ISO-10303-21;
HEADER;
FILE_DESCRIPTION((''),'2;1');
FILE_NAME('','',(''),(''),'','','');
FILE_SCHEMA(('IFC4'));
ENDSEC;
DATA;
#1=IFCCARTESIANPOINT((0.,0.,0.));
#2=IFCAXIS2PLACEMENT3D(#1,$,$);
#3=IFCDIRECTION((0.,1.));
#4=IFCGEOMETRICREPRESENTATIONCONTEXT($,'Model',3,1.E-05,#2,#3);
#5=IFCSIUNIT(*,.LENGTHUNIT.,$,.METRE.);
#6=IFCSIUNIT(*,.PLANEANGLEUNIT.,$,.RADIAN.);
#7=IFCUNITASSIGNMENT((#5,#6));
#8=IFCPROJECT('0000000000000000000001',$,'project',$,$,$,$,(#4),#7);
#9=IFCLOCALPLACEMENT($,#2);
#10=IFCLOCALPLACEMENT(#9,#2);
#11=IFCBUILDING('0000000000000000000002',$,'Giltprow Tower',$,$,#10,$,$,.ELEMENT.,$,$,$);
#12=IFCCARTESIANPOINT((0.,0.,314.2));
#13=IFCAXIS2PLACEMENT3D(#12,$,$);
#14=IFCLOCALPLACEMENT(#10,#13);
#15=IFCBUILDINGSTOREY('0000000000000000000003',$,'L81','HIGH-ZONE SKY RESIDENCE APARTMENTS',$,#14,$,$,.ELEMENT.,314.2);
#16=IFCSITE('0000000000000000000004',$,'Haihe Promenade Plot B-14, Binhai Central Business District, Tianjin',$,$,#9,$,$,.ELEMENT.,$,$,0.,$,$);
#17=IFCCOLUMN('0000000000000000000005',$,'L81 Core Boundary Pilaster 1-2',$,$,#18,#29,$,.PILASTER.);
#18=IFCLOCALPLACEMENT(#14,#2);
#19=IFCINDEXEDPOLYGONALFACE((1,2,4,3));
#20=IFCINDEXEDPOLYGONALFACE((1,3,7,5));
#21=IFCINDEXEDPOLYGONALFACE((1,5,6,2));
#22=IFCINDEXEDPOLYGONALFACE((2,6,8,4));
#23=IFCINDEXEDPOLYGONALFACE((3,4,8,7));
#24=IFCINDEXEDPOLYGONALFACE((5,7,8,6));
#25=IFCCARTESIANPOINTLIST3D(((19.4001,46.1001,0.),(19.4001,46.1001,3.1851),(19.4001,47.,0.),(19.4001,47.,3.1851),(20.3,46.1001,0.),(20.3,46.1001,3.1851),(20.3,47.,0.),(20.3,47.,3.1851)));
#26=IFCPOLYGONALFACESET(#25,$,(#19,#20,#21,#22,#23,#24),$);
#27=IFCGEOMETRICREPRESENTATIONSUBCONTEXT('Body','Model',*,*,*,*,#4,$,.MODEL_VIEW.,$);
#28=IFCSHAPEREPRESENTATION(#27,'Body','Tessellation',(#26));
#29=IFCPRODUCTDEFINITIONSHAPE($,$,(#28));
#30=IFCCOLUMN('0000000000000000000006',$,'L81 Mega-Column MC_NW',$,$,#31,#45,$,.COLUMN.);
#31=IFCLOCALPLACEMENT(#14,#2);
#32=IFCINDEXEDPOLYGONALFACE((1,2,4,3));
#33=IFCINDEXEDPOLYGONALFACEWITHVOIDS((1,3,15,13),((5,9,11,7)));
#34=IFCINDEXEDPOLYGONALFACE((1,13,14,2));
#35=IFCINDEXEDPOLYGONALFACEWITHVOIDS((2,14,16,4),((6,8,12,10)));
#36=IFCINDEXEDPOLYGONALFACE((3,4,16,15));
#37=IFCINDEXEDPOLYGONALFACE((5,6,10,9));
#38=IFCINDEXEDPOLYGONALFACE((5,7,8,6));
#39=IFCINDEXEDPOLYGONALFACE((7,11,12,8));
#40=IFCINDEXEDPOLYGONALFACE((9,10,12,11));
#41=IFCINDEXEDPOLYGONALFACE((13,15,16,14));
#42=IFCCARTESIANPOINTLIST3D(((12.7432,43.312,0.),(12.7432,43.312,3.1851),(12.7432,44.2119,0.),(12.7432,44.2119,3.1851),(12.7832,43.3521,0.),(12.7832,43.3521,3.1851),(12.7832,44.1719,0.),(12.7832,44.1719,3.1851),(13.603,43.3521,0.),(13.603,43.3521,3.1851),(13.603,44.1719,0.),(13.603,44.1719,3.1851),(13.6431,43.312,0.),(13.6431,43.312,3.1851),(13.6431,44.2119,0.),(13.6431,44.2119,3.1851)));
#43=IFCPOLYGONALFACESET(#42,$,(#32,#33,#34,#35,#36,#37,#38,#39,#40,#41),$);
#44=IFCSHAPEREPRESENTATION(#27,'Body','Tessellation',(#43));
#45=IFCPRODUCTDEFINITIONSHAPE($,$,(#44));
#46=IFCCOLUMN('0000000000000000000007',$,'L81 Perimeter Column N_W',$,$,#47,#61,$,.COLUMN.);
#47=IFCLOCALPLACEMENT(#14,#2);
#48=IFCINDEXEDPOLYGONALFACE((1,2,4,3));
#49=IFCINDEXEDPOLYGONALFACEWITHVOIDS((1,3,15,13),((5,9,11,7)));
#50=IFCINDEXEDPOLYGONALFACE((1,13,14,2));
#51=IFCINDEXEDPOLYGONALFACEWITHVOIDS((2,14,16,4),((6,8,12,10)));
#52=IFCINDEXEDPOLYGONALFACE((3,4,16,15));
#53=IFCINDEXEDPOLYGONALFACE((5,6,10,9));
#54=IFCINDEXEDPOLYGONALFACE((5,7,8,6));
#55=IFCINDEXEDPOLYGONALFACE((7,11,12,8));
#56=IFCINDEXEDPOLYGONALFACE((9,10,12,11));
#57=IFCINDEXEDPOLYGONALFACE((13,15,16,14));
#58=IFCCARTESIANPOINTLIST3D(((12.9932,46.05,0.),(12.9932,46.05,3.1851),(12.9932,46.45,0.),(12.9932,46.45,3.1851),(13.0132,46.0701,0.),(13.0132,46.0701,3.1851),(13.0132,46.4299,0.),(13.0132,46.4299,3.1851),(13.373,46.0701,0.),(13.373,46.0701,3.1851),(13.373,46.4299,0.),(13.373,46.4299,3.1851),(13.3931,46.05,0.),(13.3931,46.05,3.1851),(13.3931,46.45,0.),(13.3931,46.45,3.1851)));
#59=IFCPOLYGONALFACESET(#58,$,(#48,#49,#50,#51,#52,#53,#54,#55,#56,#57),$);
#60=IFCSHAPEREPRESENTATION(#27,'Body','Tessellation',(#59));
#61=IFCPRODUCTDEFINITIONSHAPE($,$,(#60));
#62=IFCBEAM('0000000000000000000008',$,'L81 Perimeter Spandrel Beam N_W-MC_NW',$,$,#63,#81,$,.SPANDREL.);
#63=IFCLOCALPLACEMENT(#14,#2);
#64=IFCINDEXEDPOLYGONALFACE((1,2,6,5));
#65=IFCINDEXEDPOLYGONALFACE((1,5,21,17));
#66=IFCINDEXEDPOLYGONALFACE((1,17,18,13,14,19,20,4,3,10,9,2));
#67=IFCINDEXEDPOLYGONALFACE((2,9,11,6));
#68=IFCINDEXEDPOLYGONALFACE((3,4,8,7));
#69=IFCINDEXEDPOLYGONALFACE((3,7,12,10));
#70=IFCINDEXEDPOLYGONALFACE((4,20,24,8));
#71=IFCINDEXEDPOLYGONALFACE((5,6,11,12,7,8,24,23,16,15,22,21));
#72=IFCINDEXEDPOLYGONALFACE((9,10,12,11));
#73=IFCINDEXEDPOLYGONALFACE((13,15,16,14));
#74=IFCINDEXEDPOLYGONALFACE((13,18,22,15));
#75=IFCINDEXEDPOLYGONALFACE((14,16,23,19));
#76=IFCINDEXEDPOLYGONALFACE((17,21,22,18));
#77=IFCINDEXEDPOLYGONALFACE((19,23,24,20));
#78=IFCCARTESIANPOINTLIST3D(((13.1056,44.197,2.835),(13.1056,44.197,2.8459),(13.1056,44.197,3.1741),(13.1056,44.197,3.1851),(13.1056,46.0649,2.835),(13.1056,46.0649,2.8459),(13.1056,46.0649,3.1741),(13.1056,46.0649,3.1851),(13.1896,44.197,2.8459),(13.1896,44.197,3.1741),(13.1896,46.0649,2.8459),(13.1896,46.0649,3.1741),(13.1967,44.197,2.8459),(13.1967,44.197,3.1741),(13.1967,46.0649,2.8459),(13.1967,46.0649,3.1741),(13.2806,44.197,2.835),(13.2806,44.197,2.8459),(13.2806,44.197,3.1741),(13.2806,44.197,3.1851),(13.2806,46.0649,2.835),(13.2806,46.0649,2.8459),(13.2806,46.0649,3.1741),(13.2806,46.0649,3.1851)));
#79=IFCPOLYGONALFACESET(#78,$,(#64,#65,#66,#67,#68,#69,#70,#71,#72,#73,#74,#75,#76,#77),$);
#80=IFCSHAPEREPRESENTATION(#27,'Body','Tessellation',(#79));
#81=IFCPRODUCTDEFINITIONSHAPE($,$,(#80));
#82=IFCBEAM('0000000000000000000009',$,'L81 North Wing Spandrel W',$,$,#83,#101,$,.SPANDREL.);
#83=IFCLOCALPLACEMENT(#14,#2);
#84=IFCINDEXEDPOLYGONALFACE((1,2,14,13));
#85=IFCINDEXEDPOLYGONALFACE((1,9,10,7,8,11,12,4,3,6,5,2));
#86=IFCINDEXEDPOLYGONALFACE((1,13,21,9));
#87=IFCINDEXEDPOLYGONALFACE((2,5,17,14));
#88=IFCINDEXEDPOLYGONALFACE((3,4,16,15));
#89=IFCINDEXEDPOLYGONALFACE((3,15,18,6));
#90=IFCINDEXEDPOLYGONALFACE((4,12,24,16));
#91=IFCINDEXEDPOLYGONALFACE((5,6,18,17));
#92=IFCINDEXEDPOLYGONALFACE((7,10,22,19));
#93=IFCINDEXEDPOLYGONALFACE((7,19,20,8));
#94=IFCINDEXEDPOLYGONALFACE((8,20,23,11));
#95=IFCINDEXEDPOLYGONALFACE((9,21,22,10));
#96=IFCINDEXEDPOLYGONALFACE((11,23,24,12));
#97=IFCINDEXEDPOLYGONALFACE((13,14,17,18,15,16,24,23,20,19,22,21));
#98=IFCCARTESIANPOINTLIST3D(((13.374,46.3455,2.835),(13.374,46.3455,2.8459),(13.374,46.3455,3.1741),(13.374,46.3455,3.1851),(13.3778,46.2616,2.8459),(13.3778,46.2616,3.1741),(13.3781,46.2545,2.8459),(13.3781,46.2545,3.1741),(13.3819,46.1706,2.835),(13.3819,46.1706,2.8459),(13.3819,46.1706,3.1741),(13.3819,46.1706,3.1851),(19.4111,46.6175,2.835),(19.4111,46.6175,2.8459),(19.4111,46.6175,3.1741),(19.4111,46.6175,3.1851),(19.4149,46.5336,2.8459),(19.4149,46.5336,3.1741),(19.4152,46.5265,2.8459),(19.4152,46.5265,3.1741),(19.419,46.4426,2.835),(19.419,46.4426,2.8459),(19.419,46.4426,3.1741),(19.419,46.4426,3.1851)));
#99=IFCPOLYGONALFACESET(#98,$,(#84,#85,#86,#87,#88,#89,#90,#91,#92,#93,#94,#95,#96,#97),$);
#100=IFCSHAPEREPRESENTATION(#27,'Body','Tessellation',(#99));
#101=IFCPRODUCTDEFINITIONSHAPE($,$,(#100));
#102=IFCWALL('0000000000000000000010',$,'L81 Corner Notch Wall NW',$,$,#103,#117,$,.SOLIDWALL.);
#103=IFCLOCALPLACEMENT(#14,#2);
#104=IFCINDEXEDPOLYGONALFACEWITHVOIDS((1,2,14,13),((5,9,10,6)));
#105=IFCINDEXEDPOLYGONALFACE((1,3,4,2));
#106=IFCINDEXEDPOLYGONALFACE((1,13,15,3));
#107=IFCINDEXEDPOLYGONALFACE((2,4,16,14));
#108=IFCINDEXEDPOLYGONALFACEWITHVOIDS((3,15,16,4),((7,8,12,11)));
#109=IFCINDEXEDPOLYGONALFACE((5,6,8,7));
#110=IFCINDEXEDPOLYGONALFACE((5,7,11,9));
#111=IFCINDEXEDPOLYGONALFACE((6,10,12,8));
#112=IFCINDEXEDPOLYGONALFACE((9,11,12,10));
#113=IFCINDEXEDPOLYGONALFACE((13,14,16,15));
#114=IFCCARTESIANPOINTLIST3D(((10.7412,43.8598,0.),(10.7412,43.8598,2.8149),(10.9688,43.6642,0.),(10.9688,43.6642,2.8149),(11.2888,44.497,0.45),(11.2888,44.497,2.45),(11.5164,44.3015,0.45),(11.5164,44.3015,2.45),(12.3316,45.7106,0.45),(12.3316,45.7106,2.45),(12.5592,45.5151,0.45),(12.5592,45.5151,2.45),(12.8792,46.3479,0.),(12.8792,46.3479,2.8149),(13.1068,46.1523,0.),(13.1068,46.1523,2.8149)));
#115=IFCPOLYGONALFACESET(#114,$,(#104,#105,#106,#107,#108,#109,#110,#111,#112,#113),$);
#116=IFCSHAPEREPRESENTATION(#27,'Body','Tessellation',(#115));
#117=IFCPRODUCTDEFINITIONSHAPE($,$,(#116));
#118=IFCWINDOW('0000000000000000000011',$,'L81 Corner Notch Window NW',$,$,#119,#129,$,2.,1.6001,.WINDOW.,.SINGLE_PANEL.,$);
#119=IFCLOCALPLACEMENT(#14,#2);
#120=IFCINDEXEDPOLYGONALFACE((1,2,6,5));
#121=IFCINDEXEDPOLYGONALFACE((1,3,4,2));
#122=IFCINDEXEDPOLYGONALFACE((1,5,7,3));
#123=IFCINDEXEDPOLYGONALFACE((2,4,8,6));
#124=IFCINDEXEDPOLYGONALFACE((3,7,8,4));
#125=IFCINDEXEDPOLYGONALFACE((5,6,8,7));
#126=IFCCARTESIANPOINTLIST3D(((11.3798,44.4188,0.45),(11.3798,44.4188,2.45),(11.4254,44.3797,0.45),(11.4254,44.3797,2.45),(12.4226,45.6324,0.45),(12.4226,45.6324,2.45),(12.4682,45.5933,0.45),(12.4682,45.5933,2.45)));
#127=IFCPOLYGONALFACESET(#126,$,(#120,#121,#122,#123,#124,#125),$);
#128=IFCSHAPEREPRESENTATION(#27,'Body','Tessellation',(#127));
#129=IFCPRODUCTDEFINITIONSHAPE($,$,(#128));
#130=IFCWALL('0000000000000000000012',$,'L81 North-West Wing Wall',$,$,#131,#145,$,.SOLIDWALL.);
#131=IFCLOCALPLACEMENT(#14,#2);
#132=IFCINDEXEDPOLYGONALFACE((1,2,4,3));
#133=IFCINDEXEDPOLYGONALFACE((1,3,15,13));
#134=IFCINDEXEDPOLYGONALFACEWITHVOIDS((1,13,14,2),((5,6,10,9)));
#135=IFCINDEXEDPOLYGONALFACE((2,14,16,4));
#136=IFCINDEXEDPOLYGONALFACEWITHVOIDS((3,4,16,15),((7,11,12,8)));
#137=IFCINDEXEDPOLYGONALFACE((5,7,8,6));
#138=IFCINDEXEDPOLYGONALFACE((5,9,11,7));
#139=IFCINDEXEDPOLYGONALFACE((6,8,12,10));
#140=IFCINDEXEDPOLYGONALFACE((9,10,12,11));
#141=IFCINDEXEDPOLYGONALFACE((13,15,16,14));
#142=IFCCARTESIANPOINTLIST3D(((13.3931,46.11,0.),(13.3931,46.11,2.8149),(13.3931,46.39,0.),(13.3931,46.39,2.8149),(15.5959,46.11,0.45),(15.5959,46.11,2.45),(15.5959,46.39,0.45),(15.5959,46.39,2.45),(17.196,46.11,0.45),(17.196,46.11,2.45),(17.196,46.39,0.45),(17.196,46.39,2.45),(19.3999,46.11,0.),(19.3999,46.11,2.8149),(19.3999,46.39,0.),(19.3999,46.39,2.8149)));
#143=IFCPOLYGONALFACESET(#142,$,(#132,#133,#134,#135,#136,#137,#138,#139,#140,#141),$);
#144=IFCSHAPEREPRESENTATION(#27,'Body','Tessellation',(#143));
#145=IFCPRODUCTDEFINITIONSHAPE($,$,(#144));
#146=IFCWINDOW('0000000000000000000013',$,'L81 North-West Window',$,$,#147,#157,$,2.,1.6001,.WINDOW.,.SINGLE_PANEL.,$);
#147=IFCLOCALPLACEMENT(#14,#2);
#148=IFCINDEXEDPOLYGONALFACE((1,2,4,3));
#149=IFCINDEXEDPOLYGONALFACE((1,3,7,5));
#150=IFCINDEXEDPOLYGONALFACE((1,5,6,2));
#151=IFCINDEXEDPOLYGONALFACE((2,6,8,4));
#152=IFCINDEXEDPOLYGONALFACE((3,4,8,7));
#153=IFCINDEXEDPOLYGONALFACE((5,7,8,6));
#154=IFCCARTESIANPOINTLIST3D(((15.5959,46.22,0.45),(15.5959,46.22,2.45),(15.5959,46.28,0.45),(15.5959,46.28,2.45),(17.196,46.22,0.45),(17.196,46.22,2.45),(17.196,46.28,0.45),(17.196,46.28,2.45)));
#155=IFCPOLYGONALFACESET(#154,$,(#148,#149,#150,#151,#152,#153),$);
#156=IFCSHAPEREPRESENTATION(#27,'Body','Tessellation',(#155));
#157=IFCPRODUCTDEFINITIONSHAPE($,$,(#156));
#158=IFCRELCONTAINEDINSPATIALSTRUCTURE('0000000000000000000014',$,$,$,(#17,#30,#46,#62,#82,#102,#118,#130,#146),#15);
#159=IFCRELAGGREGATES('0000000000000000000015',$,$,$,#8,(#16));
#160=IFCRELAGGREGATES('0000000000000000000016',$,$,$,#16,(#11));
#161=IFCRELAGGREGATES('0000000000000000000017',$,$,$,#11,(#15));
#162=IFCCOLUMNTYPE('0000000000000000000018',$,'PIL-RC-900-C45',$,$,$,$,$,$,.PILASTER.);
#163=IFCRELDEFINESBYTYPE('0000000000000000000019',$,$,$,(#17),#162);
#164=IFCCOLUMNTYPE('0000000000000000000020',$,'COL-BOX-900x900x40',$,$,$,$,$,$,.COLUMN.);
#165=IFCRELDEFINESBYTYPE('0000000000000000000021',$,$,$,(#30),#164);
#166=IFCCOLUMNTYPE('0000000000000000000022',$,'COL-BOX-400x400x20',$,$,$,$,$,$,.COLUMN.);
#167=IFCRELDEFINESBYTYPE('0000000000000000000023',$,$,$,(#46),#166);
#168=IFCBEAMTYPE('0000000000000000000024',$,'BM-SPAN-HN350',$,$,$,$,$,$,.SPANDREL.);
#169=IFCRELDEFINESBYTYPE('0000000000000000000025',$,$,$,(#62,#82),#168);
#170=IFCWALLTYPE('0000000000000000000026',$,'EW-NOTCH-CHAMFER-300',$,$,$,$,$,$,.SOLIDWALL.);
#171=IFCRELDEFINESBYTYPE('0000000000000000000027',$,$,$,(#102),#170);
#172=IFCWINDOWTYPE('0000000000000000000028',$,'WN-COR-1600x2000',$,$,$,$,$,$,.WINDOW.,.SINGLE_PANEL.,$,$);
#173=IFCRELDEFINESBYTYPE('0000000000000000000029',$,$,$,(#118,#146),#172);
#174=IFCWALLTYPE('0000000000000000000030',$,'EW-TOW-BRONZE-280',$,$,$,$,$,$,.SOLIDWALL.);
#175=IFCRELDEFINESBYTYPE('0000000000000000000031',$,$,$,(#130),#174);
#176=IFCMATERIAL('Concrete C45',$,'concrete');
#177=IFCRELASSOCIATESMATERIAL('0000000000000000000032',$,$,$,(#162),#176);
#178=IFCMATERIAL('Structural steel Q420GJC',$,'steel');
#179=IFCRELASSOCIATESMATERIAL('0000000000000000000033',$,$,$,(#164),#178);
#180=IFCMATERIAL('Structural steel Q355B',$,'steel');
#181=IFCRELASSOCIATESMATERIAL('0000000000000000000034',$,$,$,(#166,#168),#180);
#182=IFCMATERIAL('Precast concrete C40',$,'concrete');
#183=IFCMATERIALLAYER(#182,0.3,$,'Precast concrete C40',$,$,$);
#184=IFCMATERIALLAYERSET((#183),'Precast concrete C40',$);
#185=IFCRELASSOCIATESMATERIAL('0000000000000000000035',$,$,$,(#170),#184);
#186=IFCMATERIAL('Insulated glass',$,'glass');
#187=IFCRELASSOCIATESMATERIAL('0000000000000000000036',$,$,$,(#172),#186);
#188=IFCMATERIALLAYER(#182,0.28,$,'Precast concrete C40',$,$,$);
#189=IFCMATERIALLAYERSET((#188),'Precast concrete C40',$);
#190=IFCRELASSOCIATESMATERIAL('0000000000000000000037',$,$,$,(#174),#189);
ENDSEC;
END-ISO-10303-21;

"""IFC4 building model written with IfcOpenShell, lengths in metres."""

from ifc_helpers import new_model, si_unit, direction, frame, frame_2d, origin, origin_2d, place, context, subcontext, project, spatial, rectangle, hollow_rectangle, i_section, extrude, source, transform, mapped, material, layer, layer_set, material_profile, profile_set, type_object, element, fill, save


model = new_model("IFC4")

# Units and contexts
model_context = context("Model", 3, precision=1e-05, world=origin(), true_north=direction((0.0, 1.0)))
body_context = subcontext(model_context, "Body", "Model", "MODEL_VIEW")
ifc_project = project(units=[si_unit("LENGTHUNIT", "METRE"), si_unit("PLANEANGLEUNIT", "RADIAN")], contexts=[model_context])

# Site, building, storey
site_placement = place(None, origin())
site = spatial("IfcSite", under=ifc_project, at=site_placement, Name="Haihe Promenade Plot B-14, Binhai Central Business District, Tianjin", CompositionType="ELEMENT", RefElevation=0.0)
building_placement = place(site_placement, origin())
building = spatial("IfcBuilding", under=site, at=building_placement, Name="Giltprow Tower", CompositionType="ELEMENT")
storey_placement = place(building_placement, frame((0.0, 0.0, 314.2)))
storey = spatial("IfcBuildingStorey", under=building, at=storey_placement, Name="L81", Description="HIGH-ZONE SKY RESIDENCE APARTMENTS", CompositionType="ELEMENT", Elevation=314.2)

# Columns
ifc_material_1 = material(Name="Concrete C45", Category="concrete")
ifc_material_profile_1 = material_profile(ifc_material_1, rectangle(XDim=0.8999, YDim=0.8999, at=origin_2d()), Name="RC 900x900")
ifc_profile_set_1 = profile_set([ifc_material_profile_1], Name="Concrete C45")
column_type_1 = type_object("IfcColumnType", Name="PIL-RC-900-C45", PredefinedType="PILASTER", material=ifc_profile_set_1)
shared_shape_1 = source(origin(), body_context, "Body", "SweptSolid", [
    extrude(rectangle(XDim=0.8999, YDim=0.8999, at=origin_2d()), origin(), (0.0, 0.0, 1.0), 3.1851),
])
column_1_placement = place(storey_placement, frame((19.8501, 46.55, 0.0), z_axis=(0.0, 0.0, 1.0), x_axis=(1.0, 0.0, 0.0)))
element("IfcColumn", 1, at=column_1_placement, inside=storey, type_object=column_type_1, Name="L81 Core Boundary Pilaster 1-2", PredefinedType="PILASTER", context=body_context, shape_type="MappedRepresentation", body=[
    mapped(shared_shape_1, transform((0.0, 0.0, 0.0), x_axis=(1.0, 0.0, 0.0), y_axis=(0.0, 1.0, 0.0), z_axis=(0.0, 0.0, 1.0), scale=1.0)),
])
ifc_material_2 = material(Name="Structural steel Q420GJC", Category="steel")
ifc_material_profile_2 = material_profile(ifc_material_2, hollow_rectangle(XDim=0.8999, YDim=0.8999, WallThickness=0.04, at=origin_2d()), Name="BOX 900x900x40")
ifc_profile_set_2 = profile_set([ifc_material_profile_2], Name="Structural steel Q420GJC")
column_type_2 = type_object("IfcColumnType", Name="COL-BOX-900x900x40", PredefinedType="COLUMN", material=ifc_profile_set_2)
shared_shape_2 = source(origin(), body_context, "Body", "SweptSolid", [
    extrude(hollow_rectangle(XDim=0.8999, YDim=0.8999, WallThickness=0.04, at=origin_2d()), origin(), (0.0, 0.0, 1.0), 3.1851),
])
column_2_placement = place(storey_placement, frame((13.1931, 43.762, 0.0), z_axis=(0.0, 0.0, 1.0), x_axis=(1.0, 0.0, 0.0)))
element("IfcColumn", 2, at=column_2_placement, inside=storey, type_object=column_type_2, Name="L81 Mega-Column MC_NW", PredefinedType="COLUMN", context=body_context, shape_type="MappedRepresentation", body=[
    mapped(shared_shape_2, transform((0.0, 0.0, 0.0), x_axis=(1.0, 0.0, 0.0), y_axis=(0.0, 1.0, 0.0), z_axis=(0.0, 0.0, 1.0), scale=1.0)),
])
ifc_material_3 = material(Name="Structural steel Q355B", Category="steel")
ifc_material_profile_3 = material_profile(ifc_material_3, hollow_rectangle(XDim=0.3999, YDim=0.3999, WallThickness=0.02, at=origin_2d()), Name="BOX 400x400x20")
ifc_profile_set_3 = profile_set([ifc_material_profile_3], Name="Structural steel Q355B")
column_type_3 = type_object("IfcColumnType", Name="COL-BOX-400x400x20", PredefinedType="COLUMN", material=ifc_profile_set_3)
shared_shape_3 = source(origin(), body_context, "Body", "SweptSolid", [
    extrude(hollow_rectangle(XDim=0.3999, YDim=0.3999, WallThickness=0.02, at=origin_2d()), origin(), (0.0, 0.0, 1.0), 3.1851),
])
column_3_placement = place(storey_placement, frame((13.1931, 46.25, 0.0), z_axis=(0.0, 0.0, 1.0), x_axis=(1.0, 0.0, 0.0)))
element("IfcColumn", 3, at=column_3_placement, inside=storey, type_object=column_type_3, Name="L81 Perimeter Column N_W", PredefinedType="COLUMN", context=body_context, shape_type="MappedRepresentation", body=[
    mapped(shared_shape_3, transform((0.0, 0.0, 0.0), x_axis=(1.0, 0.0, 0.0), y_axis=(0.0, 1.0, 0.0), z_axis=(0.0, 0.0, 1.0), scale=1.0)),
])

# Beams
ifc_material_profile_4 = material_profile(ifc_material_3, i_section(OverallWidth=0.175, OverallDepth=0.3501, WebThickness=0.0071, FlangeThickness=0.011, at=origin_2d()), Name="HN 350x175x7x11")
ifc_profile_set_4 = profile_set([ifc_material_profile_4], Name="Structural steel Q355B")
beam_type = type_object("IfcBeamType", Name="BM-SPAN-HN350", PredefinedType="SPANDREL", material=ifc_profile_set_4)
shared_shape_4 = source(origin(), body_context, "Body", "SweptSolid", [
    extrude(i_section(OverallWidth=0.175, OverallDepth=0.3501, WebThickness=0.0071, FlangeThickness=0.011, at=origin_2d()), origin(), (0.0, 0.0, 1.0), 1.8679),
])
beam_1_placement = place(storey_placement, frame((13.1931, 46.0649, 3.01), z_axis=(0.0, -1.0, 0.0), x_axis=(1.0, 0.0, 0.0)))
element("IfcBeam", 4, at=beam_1_placement, inside=storey, type_object=beam_type, Name="L81 Perimeter Spandrel Beam N_W-MC_NW", PredefinedType="SPANDREL", context=body_context, shape_type="MappedRepresentation", body=[
    mapped(shared_shape_4, transform((0.0, 0.0, 0.0), x_axis=(1.0, 0.0, 0.0), y_axis=(0.0, 1.0, 0.0), z_axis=(0.0, 0.0, 1.0), scale=1.0)),
])
shared_shape_5 = source(origin(), body_context, "Body", "SweptSolid", [
    extrude(i_section(OverallWidth=0.175, OverallDepth=0.3501, WebThickness=0.0071, FlangeThickness=0.011, at=origin_2d()), origin(), (0.0, 0.0, 1.0), 6.0432),
])
beam_2_placement = place(storey_placement, frame((13.3779, 46.2581, 3.01), z_axis=(0.998987, 0.045005, 0.0), x_axis=(-0.045005, 0.998987, 0.0)))
element("IfcBeam", 5, at=beam_2_placement, inside=storey, type_object=beam_type, Name="L81 North Wing Spandrel W", PredefinedType="SPANDREL", context=body_context, shape_type="MappedRepresentation", body=[
    mapped(shared_shape_5, transform((0.0, 0.0, 0.0), x_axis=(1.0, 0.0, 0.0), y_axis=(0.0, 1.0, 0.0), z_axis=(0.0, 0.0, 1.0), scale=1.0)),
])

# Walls, openings, windows
ifc_material_4 = material(Name="Precast concrete C40", Category="concrete")
ifc_layer_1 = layer(ifc_material_4, 0.3, Name="Precast concrete C40")
ifc_layer_set_1 = layer_set([ifc_layer_1], Name="Precast concrete C40")
wall_type_1 = type_object("IfcWallType", Name="EW-NOTCH-CHAMFER-300", PredefinedType="SOLIDWALL", material=ifc_layer_set_1)
wall_1_placement = place(storey_placement, frame((12.9929, 46.25, 0.0), z_axis=(0.0, 0.0, 1.0), x_axis=(-0.651729, -0.758452, 0.0)))
wall_1 = element("IfcWall", 6, at=wall_1_placement, inside=storey, type_object=wall_type_1, Name="L81 Corner Notch Wall NW", PredefinedType="SOLIDWALL", context=body_context, shape_type="SweptSolid", body=[
    extrude(rectangle(XDim=3.2805, YDim=0.3, at=frame_2d((1.6401, 0.0))), origin(), (0.0, 0.0, 1.0), 2.8149),
])
opening_1_placement = place(wall_1_placement, frame((0.8401, 0.0, 0.45)))
opening_1 = element("IfcOpeningElement", 7, at=opening_1_placement, cuts=wall_1, PredefinedType="OPENING", context=body_context, shape_type="SweptSolid", body=[
    extrude(rectangle(XDim=1.6001, YDim=2.0, at=frame_2d((0.8, 1.0))), frame((0.0, 0.1599, 0.0), z_axis=(0.0, -1.0, 0.0), x_axis=(1.0, 0.0, 0.0)), (0.0, 0.0, 1.0), 0.3201),
])
ifc_material_5 = material(Name="Insulated glass", Category="glass")
window_type = type_object("IfcWindowType", Name="WN-COR-1600x2000", PartitioningType="SINGLE_PANEL", PredefinedType="WINDOW", material=ifc_material_5)
shared_shape_6 = source(origin(), body_context, "Body", "SweptSolid", [
    extrude(rectangle(XDim=1.6001, YDim=2.0, at=frame_2d((0.8, 1.0))), frame((0.0, 0.03, 0.0), z_axis=(0.0, -1.0, 0.0), x_axis=(1.0, 0.0, 0.0)), (0.0, 0.0, 1.0), 0.0601),
])
window_1_placement = place(opening_1_placement, origin())
window_1 = element("IfcWindow", 8, at=window_1_placement, inside=storey, type_object=window_type, Name="L81 Corner Notch Window NW", OverallHeight=2.0, OverallWidth=1.6001, PartitioningType="SINGLE_PANEL", PredefinedType="WINDOW", context=body_context, shape_type="MappedRepresentation", body=[
    mapped(shared_shape_6, transform((0.0, 0.0, 0.0), x_axis=(1.0, 0.0, 0.0), y_axis=(0.0, 1.0, 0.0), z_axis=(0.0, 0.0, 1.0), scale=1.0)),
])
fill(opening_1, window_1)
ifc_layer_2 = layer(ifc_material_4, 0.28, Name="Precast concrete C40")
ifc_layer_set_2 = layer_set([ifc_layer_2], Name="Precast concrete C40")
wall_type_2 = type_object("IfcWallType", Name="EW-TOW-BRONZE-280", PredefinedType="SOLIDWALL", material=ifc_layer_set_2)
wall_2_placement = place(storey_placement, frame((13.3931, 46.25, 0.0), z_axis=(0.0, 0.0, 1.0), x_axis=(1.0, 0.0, 0.0)))
wall_2 = element("IfcWall", 9, at=wall_2_placement, inside=storey, type_object=wall_type_2, Name="L81 North-West Wing Wall", PredefinedType="SOLIDWALL", context=body_context, shape_type="SweptSolid", body=[
    extrude(rectangle(XDim=6.0068, YDim=0.28, at=frame_2d((3.0034, 0.0))), origin(), (0.0, 0.0, 1.0), 2.8149),
])
opening_2_placement = place(wall_2_placement, frame((2.2029, 0.0, 0.45)))
opening_2 = element("IfcOpeningElement", 10, at=opening_2_placement, cuts=wall_2, PredefinedType="OPENING", context=body_context, shape_type="SweptSolid", body=[
    extrude(rectangle(XDim=1.6001, YDim=2.0, at=frame_2d((0.8, 1.0))), frame((0.0, 0.1499, 0.0), z_axis=(0.0, -1.0, 0.0), x_axis=(1.0, 0.0, 0.0)), (0.0, 0.0, 1.0), 0.3),
])
window_2_placement = place(opening_2_placement, origin())
window_2 = element("IfcWindow", 11, at=window_2_placement, inside=storey, type_object=window_type, Name="L81 North-West Window", OverallHeight=2.0, OverallWidth=1.6001, PartitioningType="SINGLE_PANEL", PredefinedType="WINDOW", context=body_context, shape_type="MappedRepresentation", body=[
    mapped(shared_shape_6, transform((0.0, 0.0, 0.0), x_axis=(1.0, 0.0, 0.0), y_axis=(0.0, 1.0, 0.0), z_axis=(0.0, 0.0, 1.0), scale=1.0)),
])
fill(opening_2, window_2)

save(model, "model.ifc")
